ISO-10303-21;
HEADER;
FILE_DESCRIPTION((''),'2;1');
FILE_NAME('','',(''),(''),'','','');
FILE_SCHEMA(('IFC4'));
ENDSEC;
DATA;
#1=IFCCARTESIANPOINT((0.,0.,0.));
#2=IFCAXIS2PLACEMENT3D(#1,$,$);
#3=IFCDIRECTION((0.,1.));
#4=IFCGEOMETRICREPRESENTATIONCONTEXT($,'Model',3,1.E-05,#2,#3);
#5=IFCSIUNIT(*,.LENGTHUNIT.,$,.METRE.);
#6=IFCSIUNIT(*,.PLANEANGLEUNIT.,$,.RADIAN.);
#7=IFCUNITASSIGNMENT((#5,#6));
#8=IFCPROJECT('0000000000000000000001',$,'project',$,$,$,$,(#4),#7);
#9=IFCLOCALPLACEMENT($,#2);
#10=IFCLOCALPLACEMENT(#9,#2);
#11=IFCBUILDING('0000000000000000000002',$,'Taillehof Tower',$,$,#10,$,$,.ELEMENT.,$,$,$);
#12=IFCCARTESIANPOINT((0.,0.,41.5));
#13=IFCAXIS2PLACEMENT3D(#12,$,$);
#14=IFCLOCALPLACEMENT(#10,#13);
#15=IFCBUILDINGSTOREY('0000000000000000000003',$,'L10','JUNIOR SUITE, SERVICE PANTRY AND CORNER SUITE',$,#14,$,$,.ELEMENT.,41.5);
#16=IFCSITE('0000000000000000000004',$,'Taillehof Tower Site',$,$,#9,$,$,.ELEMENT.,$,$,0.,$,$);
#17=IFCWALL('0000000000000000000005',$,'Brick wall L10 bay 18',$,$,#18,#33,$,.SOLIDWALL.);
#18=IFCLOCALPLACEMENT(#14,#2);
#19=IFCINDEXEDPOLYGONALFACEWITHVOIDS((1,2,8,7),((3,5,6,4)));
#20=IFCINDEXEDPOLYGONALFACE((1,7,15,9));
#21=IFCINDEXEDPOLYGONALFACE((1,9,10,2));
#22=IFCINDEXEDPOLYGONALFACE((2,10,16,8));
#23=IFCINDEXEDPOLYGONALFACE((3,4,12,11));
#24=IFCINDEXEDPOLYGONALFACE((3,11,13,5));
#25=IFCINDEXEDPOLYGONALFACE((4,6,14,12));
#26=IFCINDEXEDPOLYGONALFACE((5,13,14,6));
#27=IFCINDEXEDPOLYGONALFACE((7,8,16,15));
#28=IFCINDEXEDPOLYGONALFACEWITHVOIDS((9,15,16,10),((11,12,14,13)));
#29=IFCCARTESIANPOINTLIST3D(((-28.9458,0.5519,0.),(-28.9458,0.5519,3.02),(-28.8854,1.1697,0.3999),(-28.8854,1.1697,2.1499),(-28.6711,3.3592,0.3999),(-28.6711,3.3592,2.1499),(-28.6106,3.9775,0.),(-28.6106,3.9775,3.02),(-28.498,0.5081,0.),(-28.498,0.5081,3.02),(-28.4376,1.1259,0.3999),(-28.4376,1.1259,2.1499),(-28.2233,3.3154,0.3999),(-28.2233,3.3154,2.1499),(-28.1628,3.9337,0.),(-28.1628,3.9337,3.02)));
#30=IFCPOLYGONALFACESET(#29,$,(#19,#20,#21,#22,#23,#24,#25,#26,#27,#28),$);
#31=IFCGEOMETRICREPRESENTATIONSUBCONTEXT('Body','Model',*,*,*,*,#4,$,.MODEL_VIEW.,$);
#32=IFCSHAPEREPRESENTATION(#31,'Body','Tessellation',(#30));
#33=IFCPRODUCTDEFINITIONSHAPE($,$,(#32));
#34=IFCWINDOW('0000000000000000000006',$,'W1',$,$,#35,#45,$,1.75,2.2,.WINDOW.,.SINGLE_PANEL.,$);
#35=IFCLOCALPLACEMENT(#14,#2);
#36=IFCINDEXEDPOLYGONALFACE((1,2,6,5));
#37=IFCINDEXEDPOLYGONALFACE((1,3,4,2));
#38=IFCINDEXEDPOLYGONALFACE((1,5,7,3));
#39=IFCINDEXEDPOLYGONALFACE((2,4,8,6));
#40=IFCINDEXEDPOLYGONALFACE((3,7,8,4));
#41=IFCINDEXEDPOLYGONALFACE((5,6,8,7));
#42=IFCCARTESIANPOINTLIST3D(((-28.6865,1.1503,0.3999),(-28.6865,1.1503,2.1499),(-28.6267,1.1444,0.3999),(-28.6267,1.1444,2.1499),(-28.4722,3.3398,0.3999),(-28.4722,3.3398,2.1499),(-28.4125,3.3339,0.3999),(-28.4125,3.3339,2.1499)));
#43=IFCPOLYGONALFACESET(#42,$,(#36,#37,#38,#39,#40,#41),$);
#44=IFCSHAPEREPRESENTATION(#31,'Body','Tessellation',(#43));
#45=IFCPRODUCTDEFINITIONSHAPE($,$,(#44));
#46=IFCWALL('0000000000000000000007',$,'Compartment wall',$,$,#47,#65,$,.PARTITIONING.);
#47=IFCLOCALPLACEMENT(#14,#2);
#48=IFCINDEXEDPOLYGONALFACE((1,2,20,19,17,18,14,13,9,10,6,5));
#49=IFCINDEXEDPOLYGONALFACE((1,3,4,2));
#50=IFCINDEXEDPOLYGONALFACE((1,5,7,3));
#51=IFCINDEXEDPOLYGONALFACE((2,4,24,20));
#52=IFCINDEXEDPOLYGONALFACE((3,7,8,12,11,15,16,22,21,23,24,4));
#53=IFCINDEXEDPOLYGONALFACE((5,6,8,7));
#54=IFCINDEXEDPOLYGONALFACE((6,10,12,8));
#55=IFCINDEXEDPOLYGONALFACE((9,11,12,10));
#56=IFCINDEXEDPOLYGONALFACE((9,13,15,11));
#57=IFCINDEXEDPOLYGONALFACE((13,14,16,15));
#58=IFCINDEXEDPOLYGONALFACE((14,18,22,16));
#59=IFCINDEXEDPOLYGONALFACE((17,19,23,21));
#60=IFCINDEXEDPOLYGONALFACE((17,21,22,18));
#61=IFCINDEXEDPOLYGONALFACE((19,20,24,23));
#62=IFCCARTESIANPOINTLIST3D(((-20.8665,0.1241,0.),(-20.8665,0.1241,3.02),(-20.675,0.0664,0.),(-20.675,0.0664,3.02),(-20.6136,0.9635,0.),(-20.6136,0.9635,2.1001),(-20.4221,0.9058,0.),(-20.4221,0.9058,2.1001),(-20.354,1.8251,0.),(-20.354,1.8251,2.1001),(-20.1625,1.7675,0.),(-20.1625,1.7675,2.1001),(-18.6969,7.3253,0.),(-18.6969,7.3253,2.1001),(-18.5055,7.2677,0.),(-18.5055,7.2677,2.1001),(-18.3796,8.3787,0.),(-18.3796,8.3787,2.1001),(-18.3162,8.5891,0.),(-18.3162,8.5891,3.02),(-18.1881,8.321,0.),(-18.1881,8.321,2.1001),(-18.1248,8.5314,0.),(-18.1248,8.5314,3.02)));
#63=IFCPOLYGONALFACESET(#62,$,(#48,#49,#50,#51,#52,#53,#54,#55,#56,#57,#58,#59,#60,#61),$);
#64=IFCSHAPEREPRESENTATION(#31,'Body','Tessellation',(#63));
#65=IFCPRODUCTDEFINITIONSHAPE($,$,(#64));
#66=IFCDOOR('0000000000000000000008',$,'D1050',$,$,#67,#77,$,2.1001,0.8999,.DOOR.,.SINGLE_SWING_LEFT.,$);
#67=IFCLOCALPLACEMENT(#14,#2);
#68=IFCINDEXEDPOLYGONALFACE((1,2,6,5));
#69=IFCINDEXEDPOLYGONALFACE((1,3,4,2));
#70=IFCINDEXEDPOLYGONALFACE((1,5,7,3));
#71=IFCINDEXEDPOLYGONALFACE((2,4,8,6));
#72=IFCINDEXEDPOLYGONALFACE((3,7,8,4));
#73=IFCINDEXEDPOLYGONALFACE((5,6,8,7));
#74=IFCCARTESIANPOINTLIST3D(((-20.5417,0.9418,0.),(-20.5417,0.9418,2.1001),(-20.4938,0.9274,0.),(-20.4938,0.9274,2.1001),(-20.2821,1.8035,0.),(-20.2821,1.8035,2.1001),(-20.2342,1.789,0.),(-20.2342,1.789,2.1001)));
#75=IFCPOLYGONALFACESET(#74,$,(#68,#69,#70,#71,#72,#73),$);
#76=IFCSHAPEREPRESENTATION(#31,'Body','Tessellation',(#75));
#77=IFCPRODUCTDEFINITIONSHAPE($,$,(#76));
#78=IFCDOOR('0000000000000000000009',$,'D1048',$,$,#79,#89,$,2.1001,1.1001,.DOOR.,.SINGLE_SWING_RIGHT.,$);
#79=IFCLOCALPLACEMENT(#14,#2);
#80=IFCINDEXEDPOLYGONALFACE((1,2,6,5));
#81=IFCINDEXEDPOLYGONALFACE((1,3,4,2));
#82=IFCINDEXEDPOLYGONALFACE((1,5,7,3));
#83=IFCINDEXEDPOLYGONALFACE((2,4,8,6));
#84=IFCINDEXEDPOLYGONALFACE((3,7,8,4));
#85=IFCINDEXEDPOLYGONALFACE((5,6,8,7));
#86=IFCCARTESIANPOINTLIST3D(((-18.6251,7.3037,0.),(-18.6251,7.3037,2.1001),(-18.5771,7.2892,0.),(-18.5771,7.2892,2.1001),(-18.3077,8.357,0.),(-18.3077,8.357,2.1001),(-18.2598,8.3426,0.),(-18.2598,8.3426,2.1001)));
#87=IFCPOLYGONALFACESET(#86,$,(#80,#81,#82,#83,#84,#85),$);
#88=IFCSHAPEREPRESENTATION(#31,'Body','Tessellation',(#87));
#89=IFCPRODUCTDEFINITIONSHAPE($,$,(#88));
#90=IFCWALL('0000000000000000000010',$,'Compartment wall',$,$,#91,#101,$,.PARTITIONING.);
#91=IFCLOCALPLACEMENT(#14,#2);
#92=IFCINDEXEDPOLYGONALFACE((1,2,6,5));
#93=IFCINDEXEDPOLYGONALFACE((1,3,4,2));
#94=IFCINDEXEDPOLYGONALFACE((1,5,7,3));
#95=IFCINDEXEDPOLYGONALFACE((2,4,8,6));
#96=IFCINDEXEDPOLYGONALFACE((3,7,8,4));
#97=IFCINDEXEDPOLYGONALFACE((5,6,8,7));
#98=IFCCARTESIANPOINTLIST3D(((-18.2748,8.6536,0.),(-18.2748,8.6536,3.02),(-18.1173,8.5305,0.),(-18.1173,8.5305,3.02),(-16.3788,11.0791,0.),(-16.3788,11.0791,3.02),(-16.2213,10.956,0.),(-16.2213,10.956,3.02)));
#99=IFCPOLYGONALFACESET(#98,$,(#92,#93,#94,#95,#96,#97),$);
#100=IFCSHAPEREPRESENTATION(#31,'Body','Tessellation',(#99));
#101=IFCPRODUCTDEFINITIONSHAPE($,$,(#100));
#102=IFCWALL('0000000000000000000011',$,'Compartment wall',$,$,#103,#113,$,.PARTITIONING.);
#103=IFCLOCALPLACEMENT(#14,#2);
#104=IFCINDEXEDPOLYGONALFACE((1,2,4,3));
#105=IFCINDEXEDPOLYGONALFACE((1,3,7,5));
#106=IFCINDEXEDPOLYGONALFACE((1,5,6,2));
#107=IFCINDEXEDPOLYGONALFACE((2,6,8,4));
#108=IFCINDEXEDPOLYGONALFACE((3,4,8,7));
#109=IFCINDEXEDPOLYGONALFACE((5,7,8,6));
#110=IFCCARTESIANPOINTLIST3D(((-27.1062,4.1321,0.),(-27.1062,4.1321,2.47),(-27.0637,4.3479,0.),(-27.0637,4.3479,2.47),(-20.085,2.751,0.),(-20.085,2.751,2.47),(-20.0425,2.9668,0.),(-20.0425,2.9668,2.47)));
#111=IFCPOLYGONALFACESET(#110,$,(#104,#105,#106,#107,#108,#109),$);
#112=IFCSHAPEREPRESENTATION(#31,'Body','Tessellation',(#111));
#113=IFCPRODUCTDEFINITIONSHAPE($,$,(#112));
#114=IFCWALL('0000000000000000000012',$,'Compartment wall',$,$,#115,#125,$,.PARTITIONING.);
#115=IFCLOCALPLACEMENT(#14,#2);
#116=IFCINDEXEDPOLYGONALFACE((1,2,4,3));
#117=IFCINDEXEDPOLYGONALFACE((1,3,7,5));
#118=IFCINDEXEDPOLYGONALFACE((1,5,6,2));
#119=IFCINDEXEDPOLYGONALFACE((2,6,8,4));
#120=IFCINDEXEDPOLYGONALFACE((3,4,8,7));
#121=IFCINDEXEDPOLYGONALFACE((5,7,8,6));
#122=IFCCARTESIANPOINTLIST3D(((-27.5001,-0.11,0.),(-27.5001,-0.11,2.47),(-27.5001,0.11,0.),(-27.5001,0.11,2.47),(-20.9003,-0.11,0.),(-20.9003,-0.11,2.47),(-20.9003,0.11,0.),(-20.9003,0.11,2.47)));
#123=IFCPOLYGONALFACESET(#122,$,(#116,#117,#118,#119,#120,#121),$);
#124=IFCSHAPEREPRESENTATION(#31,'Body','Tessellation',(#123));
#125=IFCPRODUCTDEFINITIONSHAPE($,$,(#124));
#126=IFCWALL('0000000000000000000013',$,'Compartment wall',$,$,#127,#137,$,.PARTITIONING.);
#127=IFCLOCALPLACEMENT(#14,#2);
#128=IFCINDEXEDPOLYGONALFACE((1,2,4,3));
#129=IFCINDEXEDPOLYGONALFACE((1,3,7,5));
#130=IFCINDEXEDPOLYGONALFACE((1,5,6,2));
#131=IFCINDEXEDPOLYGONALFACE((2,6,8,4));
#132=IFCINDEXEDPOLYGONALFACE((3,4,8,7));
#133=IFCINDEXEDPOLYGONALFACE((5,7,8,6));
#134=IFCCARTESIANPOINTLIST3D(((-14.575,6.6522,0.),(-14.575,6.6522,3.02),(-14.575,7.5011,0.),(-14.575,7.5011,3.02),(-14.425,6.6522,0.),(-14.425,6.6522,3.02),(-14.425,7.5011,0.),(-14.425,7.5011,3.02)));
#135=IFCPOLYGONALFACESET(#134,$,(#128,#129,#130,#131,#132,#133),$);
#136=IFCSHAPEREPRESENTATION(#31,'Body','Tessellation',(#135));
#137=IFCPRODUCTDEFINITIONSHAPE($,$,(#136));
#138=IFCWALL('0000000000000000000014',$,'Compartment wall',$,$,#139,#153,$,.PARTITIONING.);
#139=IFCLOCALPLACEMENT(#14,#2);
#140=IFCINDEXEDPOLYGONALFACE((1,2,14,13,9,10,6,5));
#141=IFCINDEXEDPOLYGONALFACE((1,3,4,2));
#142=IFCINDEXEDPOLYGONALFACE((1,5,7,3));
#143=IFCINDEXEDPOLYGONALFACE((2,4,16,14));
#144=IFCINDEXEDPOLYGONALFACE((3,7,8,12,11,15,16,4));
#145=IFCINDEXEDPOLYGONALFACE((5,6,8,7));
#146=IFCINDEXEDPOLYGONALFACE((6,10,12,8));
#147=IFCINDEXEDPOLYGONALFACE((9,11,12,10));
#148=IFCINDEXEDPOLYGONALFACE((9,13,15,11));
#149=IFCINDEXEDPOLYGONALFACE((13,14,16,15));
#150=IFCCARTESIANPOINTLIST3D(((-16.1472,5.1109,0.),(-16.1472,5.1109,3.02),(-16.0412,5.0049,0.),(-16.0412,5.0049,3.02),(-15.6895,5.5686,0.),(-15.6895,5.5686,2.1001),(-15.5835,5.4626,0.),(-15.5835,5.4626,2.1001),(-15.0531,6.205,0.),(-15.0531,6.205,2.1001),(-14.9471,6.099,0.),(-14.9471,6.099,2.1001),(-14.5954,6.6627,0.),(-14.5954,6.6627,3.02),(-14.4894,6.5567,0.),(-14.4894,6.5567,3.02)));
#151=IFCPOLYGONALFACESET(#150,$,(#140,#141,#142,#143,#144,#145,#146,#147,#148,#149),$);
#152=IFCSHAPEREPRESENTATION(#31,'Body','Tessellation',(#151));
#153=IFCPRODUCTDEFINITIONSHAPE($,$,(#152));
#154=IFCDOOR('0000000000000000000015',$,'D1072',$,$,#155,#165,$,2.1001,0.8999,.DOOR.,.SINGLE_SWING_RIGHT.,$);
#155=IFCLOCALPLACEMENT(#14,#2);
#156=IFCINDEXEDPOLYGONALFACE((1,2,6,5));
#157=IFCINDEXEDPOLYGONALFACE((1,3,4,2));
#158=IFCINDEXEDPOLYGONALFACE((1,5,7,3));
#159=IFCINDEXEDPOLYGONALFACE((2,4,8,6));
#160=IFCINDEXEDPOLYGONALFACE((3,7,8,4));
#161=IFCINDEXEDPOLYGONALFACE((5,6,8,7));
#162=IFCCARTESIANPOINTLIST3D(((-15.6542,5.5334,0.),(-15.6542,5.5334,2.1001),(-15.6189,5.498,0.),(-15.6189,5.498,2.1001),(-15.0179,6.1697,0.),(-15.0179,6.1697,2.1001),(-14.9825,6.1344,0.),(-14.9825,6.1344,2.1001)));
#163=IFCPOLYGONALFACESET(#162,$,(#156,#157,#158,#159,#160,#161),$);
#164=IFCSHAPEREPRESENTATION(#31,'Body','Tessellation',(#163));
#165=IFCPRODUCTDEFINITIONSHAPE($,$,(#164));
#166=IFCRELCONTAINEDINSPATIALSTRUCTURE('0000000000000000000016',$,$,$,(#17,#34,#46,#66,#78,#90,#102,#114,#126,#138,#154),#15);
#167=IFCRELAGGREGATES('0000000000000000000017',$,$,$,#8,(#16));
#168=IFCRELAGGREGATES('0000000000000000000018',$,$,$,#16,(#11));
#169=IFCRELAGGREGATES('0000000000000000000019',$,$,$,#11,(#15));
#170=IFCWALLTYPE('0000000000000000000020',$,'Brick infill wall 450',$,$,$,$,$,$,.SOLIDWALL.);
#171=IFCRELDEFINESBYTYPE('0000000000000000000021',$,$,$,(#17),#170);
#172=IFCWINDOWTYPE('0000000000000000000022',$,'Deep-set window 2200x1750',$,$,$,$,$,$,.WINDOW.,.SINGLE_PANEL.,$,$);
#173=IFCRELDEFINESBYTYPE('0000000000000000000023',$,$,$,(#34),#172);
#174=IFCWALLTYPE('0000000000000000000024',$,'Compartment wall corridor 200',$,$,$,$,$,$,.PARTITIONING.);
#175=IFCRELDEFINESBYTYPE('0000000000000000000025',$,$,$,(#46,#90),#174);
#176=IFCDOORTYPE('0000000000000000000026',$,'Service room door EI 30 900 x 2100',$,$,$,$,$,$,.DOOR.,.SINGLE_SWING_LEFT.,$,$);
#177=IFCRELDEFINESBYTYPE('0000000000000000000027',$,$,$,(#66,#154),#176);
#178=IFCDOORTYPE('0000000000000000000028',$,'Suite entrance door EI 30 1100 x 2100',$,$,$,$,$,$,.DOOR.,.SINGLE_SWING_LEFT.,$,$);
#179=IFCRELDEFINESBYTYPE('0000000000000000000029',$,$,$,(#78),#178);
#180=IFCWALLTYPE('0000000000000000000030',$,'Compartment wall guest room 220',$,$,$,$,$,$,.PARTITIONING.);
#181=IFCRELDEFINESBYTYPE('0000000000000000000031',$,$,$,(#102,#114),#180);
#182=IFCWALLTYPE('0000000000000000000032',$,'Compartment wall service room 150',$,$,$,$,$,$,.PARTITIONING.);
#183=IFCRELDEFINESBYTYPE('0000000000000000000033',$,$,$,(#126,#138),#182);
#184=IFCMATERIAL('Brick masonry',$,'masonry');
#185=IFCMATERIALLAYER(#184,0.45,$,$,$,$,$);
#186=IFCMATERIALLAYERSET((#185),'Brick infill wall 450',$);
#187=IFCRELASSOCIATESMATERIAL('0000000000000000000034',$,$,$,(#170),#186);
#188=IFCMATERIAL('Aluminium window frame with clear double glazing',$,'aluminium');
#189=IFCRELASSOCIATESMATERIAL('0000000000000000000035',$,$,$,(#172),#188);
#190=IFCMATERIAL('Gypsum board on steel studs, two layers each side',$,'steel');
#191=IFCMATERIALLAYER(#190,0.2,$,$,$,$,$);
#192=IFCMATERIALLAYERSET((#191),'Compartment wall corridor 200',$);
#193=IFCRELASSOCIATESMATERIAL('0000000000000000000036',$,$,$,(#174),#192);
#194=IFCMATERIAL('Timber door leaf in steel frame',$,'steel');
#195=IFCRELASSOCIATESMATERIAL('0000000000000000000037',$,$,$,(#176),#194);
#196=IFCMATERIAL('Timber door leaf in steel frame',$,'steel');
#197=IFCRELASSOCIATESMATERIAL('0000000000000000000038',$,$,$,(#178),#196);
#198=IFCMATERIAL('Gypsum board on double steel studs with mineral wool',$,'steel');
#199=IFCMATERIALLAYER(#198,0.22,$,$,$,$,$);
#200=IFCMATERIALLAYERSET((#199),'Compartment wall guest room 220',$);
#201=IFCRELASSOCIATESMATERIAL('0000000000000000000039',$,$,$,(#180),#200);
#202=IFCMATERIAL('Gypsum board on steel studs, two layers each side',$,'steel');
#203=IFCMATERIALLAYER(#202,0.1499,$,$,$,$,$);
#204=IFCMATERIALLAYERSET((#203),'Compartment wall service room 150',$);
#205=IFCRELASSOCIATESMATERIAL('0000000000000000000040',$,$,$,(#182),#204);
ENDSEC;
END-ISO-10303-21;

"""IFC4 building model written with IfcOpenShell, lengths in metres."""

from ifc_helpers import new_model, si_unit, direction, frame, frame_2d, origin, place, context, subcontext, project, spatial, rectangle, extrude, material, layer, layer_set, type_object, element, fill, save


model = new_model("IFC4")

# Units and contexts
model_context = context("Model", 3, precision=1e-05, world=origin(), true_north=direction((0.0, 1.0)))
body_context = subcontext(model_context, "Body", "Model", "MODEL_VIEW")
ifc_project = project(units=[si_unit("LENGTHUNIT", "METRE"), si_unit("PLANEANGLEUNIT", "RADIAN")], contexts=[model_context])

# Site, building, storey
site_placement = place(None, origin())
site = spatial("IfcSite", under=ifc_project, at=site_placement, Name="Taillehof Tower Site", CompositionType="ELEMENT", RefElevation=0.0)
building_placement = place(site_placement, origin())
building = spatial("IfcBuilding", under=site, at=building_placement, Name="Taillehof Tower", CompositionType="ELEMENT")
storey_placement = place(building_placement, frame((0.0, 0.0, 41.5)))
storey = spatial("IfcBuildingStorey", under=building, at=storey_placement, Name="L10", Description="JUNIOR SUITE, SERVICE PANTRY AND CORNER SUITE", CompositionType="ELEMENT", Elevation=41.5)

# Wall, opening, window
ifc_material_1 = material(Name="Brick masonry", Category="masonry")
ifc_layer_1 = layer(ifc_material_1, 0.45)
ifc_layer_set_1 = layer_set([ifc_layer_1], Name="Brick infill wall 450")
wall_type_1 = type_object("IfcWallType", Name="Brick infill wall 450", PredefinedType="SOLIDWALL", material=ifc_layer_set_1)
ifc_material_2 = material(Name="Aluminium window frame with clear double glazing", Category="aluminium")
window_type = type_object("IfcWindowType", Name="Deep-set window 2200x1750", PartitioningType="SINGLE_PANEL", PredefinedType="WINDOW", material=ifc_material_2)
wall_1_placement = place(storey_placement, frame((-28.3867, 3.9556, 0.0), z_axis=(0.0, 0.0, 1.0), x_axis=(-0.09739, -0.995246, 0.0)))
wall_1 = element("IfcWall", 1, at=wall_1_placement, inside=storey, type_object=wall_type_1, Name="Brick wall L10 bay 18", PredefinedType="SOLIDWALL", context=body_context, shape_type="SweptSolid", body=[
    extrude(rectangle(XDim=3.4419, YDim=0.45, at=frame_2d((1.7209, 0.0))), origin(), (0.0, 0.0, 1.0), 3.02),
])
opening_1_placement = place(wall_1_placement, frame((0.6211, 0.0, 0.3999)))
opening_1 = element("IfcOpeningElement", 2, at=opening_1_placement, cuts=wall_1, PredefinedType="OPENING", context=body_context, shape_type="SweptSolid", body=[
    extrude(rectangle(XDim=2.2, YDim=1.75, at=frame_2d((1.1001, 0.875))), frame((0.0, 0.2349, 0.0), z_axis=(0.0, -1.0, 0.0), x_axis=(1.0, 0.0, 0.0)), (0.0, 0.0, 1.0), 0.47),
])
window_1_placement = place(opening_1_placement, origin())
window_1 = element("IfcWindow", 3, at=window_1_placement, inside=storey, type_object=window_type, Name="W1", OverallHeight=1.75, OverallWidth=2.2, PartitioningType="SINGLE_PANEL", PredefinedType="WINDOW", context=body_context, shape_type="SweptSolid", body=[
    extrude(rectangle(XDim=2.2, YDim=1.75, at=frame_2d((1.1001, 0.875))), frame((0.0, 0.0349, 0.0), z_axis=(0.0, -1.0, 0.0), x_axis=(1.0, 0.0, 0.0)), (0.0, 0.0, 1.0), 0.0601),
])
fill(opening_1, window_1)

# Wall, openings, doors
ifc_material_3 = material(Name="Gypsum board on steel studs, two layers each side", Category="steel")
ifc_layer_2 = layer(ifc_material_3, 0.2)
ifc_layer_set_2 = layer_set([ifc_layer_2], Name="Compartment wall corridor 200")
wall_type_2 = type_object("IfcWallType", Name="Compartment wall corridor 200", PredefinedType="PARTITIONING", material=ifc_layer_set_2)
wall_2_placement = place(storey_placement, frame((-20.7708, 0.0952, 0.0), z_axis=(0.0, 0.0, 1.0), x_axis=(0.288465, 0.95749, 0.0)))
wall_2 = element("IfcWall", 4, at=wall_2_placement, inside=storey, type_object=wall_type_2, Name="Compartment wall", PredefinedType="PARTITIONING", context=body_context, shape_type="SweptSolid", body=[
    extrude(rectangle(XDim=8.8408, YDim=0.2, at=frame_2d((4.4204, 0.0))), origin(), (0.0, 0.0, 1.0), 3.02),
])
opening_2_placement = place(wall_2_placement, frame((7.521, 0.0, 0.0)))
opening_2 = element("IfcOpeningElement", 5, at=opening_2_placement, cuts=wall_2, PredefinedType="OPENING", context=body_context, shape_type="SweptSolid", body=[
    extrude(rectangle(XDim=1.1001, YDim=2.1001, at=frame_2d((0.55, 1.05))), frame((0.0, 0.1099, 0.0), z_axis=(0.0, -1.0, 0.0), x_axis=(1.0, 0.0, 0.0)), (0.0, 0.0, 1.0), 0.22),
])
opening_3_placement = place(wall_2_placement, frame((0.8767, 0.0, 0.0)))
opening_3 = element("IfcOpeningElement", 6, at=opening_3_placement, cuts=wall_2, PredefinedType="OPENING", context=body_context, shape_type="SweptSolid", body=[
    extrude(rectangle(XDim=0.8999, YDim=2.1001, at=frame_2d((0.45, 1.05))), frame((0.0, 0.1099, 0.0), z_axis=(0.0, -1.0, 0.0), x_axis=(1.0, 0.0, 0.0)), (0.0, 0.0, 1.0), 0.22),
])
ifc_material_4 = material(Name="Timber door leaf in steel frame", Category="steel")
door_type_1 = type_object("IfcDoorType", Name="Service room door EI 30 900 x 2100", OperationType="SINGLE_SWING_LEFT", PredefinedType="DOOR", material=ifc_material_4)
door_1_placement = place(opening_3_placement, origin())
door_1 = element("IfcDoor", 7, at=door_1_placement, inside=storey, type_object=door_type_1, Name="D1050", OperationType="SINGLE_SWING_LEFT", OverallHeight=2.1001, OverallWidth=0.8999, PredefinedType="DOOR", context=body_context, shape_type="SweptSolid", body=[
    extrude(rectangle(XDim=0.8999, YDim=2.1001, at=frame_2d((0.45, 1.05))), frame((0.0, 0.0249, 0.0), z_axis=(0.0, -1.0, 0.0), x_axis=(1.0, 0.0, 0.0)), (0.0, 0.0, 1.0), 0.05),
])
fill(opening_3, door_1)
ifc_material_5 = material(Name="Timber door leaf in steel frame", Category="steel")
door_type_2 = type_object("IfcDoorType", Name="Suite entrance door EI 30 1100 x 2100", OperationType="SINGLE_SWING_LEFT", PredefinedType="DOOR", material=ifc_material_5)
door_2_placement = place(opening_2_placement, origin())
door_2 = element("IfcDoor", 8, at=door_2_placement, inside=storey, type_object=door_type_2, Name="D1048", OperationType="SINGLE_SWING_RIGHT", OverallHeight=2.1001, OverallWidth=1.1001, PredefinedType="DOOR", context=body_context, shape_type="SweptSolid", body=[
    extrude(rectangle(XDim=1.1001, YDim=2.1001, at=frame_2d((0.55, 1.05))), frame((0.0, 0.0249, 0.0), z_axis=(0.0, -1.0, 0.0), x_axis=(1.0, 0.0, 0.0)), (0.0, 0.0, 1.0), 0.05),
])
fill(opening_2, door_2)

# Walls
wall_3_placement = place(storey_placement, frame((-18.196, 8.592, 0.0), z_axis=(0.0, 0.0, 1.0), x_axis=(0.615855, 0.78786, 0.0)))
element("IfcWall", 9, at=wall_3_placement, inside=storey, type_object=wall_type_2, Name="Compartment wall", PredefinedType="PARTITIONING", context=body_context, shape_type="SweptSolid", body=[
    extrude(rectangle(XDim=3.0786, YDim=0.2, at=frame_2d((1.5393, 0.0))), origin(), (0.0, 0.0, 1.0), 3.02),
])
ifc_material_6 = material(Name="Gypsum board on double steel studs with mineral wool", Category="steel")
ifc_layer_3 = layer(ifc_material_6, 0.22)
ifc_layer_set_3 = layer_set([ifc_layer_3], Name="Compartment wall guest room 220")
wall_type_3 = type_object("IfcWallType", Name="Compartment wall guest room 220", PredefinedType="PARTITIONING", material=ifc_layer_set_3)
wall_4_placement = place(storey_placement, frame((-27.085, 4.24, 0.0), z_axis=(0.0, 0.0, 1.0), x_axis=(0.981198, -0.193005, 0.0)))
element("IfcWall", 10, at=wall_4_placement, inside=storey, type_object=wall_type_3, Name="Compartment wall", PredefinedType="PARTITIONING", context=body_context, shape_type="SweptSolid", body=[
    extrude(rectangle(XDim=7.1558, YDim=0.22, at=frame_2d((3.5779, 0.0))), origin(), (0.0, 0.0, 1.0), 2.47),
])
wall_5_placement = place(storey_placement, frame((-27.5, 0.0, 0.0), z_axis=(0.0, 0.0, 1.0), x_axis=(1.0, 0.0, 0.0)))
element("IfcWall", 11, at=wall_5_placement, inside=storey, type_object=wall_type_3, Name="Compartment wall", PredefinedType="PARTITIONING", context=body_context, shape_type="SweptSolid", body=[
    extrude(rectangle(XDim=6.5999, YDim=0.22, at=frame_2d((3.2998, 0.0))), origin(), (0.0, 0.0, 1.0), 2.47),
])
ifc_material_7 = material(Name="Gypsum board on steel studs, two layers each side", Category="steel")
ifc_layer_4 = layer(ifc_material_7, 0.1499)
ifc_layer_set_4 = layer_set([ifc_layer_4], Name="Compartment wall service room 150")
wall_type_4 = type_object("IfcWallType", Name="Compartment wall service room 150", PredefinedType="PARTITIONING", material=ifc_layer_set_4)
wall_6_placement = place(storey_placement, frame((-14.5, 7.501, 0.0), z_axis=(0.0, 0.0, 1.0), x_axis=(0.0, -1.0, 0.0)))
element("IfcWall", 12, at=wall_6_placement, inside=storey, type_object=wall_type_4, Name="Compartment wall", PredefinedType="PARTITIONING", context=body_context, shape_type="SweptSolid", body=[
    extrude(rectangle(XDim=0.8489, YDim=0.1499, at=frame_2d((0.4243, 0.0))), origin(), (0.0, 0.0, 1.0), 3.02),
])

# Wall, opening, door
wall_7_placement = place(storey_placement, frame((-14.5425, 6.6096, 0.0), z_axis=(0.0, 0.0, 1.0), x_axis=(-0.707107, -0.707107, 0.0)))
wall_7 = element("IfcWall", 13, at=wall_7_placement, inside=storey, type_object=wall_type_4, Name="Compartment wall", PredefinedType="PARTITIONING", context=body_context, shape_type="SweptSolid", body=[
    extrude(rectangle(XDim=2.1946, YDim=0.1499, at=frame_2d((1.0972, 0.0))), origin(), (0.0, 0.0, 1.0), 3.02),
])
opening_4_placement = place(wall_7_placement, frame((0.6472, 0.0, 0.0)))
opening_4 = element("IfcOpeningElement", 14, at=opening_4_placement, cuts=wall_7, PredefinedType="OPENING", context=body_context, shape_type="SweptSolid", body=[
    extrude(rectangle(XDim=0.8999, YDim=2.1001, at=frame_2d((0.45, 1.05))), frame((0.0, 0.085, 0.0), z_axis=(0.0, -1.0, 0.0), x_axis=(1.0, 0.0, 0.0)), (0.0, 0.0, 1.0), 0.1699),
])
door_3_placement = place(opening_4_placement, origin())
door_3 = element("IfcDoor", 15, at=door_3_placement, inside=storey, type_object=door_type_1, Name="D1072", OperationType="SINGLE_SWING_RIGHT", OverallHeight=2.1001, OverallWidth=0.8999, PredefinedType="DOOR", context=body_context, shape_type="SweptSolid", body=[
    extrude(rectangle(XDim=0.8999, YDim=2.1001, at=frame_2d((0.45, 1.05))), frame((0.0, 0.0249, 0.0), z_axis=(0.0, -1.0, 0.0), x_axis=(1.0, 0.0, 0.0)), (0.0, 0.0, 1.0), 0.05),
])
fill(opening_4, door_3)

save(model, "model.ifc")
